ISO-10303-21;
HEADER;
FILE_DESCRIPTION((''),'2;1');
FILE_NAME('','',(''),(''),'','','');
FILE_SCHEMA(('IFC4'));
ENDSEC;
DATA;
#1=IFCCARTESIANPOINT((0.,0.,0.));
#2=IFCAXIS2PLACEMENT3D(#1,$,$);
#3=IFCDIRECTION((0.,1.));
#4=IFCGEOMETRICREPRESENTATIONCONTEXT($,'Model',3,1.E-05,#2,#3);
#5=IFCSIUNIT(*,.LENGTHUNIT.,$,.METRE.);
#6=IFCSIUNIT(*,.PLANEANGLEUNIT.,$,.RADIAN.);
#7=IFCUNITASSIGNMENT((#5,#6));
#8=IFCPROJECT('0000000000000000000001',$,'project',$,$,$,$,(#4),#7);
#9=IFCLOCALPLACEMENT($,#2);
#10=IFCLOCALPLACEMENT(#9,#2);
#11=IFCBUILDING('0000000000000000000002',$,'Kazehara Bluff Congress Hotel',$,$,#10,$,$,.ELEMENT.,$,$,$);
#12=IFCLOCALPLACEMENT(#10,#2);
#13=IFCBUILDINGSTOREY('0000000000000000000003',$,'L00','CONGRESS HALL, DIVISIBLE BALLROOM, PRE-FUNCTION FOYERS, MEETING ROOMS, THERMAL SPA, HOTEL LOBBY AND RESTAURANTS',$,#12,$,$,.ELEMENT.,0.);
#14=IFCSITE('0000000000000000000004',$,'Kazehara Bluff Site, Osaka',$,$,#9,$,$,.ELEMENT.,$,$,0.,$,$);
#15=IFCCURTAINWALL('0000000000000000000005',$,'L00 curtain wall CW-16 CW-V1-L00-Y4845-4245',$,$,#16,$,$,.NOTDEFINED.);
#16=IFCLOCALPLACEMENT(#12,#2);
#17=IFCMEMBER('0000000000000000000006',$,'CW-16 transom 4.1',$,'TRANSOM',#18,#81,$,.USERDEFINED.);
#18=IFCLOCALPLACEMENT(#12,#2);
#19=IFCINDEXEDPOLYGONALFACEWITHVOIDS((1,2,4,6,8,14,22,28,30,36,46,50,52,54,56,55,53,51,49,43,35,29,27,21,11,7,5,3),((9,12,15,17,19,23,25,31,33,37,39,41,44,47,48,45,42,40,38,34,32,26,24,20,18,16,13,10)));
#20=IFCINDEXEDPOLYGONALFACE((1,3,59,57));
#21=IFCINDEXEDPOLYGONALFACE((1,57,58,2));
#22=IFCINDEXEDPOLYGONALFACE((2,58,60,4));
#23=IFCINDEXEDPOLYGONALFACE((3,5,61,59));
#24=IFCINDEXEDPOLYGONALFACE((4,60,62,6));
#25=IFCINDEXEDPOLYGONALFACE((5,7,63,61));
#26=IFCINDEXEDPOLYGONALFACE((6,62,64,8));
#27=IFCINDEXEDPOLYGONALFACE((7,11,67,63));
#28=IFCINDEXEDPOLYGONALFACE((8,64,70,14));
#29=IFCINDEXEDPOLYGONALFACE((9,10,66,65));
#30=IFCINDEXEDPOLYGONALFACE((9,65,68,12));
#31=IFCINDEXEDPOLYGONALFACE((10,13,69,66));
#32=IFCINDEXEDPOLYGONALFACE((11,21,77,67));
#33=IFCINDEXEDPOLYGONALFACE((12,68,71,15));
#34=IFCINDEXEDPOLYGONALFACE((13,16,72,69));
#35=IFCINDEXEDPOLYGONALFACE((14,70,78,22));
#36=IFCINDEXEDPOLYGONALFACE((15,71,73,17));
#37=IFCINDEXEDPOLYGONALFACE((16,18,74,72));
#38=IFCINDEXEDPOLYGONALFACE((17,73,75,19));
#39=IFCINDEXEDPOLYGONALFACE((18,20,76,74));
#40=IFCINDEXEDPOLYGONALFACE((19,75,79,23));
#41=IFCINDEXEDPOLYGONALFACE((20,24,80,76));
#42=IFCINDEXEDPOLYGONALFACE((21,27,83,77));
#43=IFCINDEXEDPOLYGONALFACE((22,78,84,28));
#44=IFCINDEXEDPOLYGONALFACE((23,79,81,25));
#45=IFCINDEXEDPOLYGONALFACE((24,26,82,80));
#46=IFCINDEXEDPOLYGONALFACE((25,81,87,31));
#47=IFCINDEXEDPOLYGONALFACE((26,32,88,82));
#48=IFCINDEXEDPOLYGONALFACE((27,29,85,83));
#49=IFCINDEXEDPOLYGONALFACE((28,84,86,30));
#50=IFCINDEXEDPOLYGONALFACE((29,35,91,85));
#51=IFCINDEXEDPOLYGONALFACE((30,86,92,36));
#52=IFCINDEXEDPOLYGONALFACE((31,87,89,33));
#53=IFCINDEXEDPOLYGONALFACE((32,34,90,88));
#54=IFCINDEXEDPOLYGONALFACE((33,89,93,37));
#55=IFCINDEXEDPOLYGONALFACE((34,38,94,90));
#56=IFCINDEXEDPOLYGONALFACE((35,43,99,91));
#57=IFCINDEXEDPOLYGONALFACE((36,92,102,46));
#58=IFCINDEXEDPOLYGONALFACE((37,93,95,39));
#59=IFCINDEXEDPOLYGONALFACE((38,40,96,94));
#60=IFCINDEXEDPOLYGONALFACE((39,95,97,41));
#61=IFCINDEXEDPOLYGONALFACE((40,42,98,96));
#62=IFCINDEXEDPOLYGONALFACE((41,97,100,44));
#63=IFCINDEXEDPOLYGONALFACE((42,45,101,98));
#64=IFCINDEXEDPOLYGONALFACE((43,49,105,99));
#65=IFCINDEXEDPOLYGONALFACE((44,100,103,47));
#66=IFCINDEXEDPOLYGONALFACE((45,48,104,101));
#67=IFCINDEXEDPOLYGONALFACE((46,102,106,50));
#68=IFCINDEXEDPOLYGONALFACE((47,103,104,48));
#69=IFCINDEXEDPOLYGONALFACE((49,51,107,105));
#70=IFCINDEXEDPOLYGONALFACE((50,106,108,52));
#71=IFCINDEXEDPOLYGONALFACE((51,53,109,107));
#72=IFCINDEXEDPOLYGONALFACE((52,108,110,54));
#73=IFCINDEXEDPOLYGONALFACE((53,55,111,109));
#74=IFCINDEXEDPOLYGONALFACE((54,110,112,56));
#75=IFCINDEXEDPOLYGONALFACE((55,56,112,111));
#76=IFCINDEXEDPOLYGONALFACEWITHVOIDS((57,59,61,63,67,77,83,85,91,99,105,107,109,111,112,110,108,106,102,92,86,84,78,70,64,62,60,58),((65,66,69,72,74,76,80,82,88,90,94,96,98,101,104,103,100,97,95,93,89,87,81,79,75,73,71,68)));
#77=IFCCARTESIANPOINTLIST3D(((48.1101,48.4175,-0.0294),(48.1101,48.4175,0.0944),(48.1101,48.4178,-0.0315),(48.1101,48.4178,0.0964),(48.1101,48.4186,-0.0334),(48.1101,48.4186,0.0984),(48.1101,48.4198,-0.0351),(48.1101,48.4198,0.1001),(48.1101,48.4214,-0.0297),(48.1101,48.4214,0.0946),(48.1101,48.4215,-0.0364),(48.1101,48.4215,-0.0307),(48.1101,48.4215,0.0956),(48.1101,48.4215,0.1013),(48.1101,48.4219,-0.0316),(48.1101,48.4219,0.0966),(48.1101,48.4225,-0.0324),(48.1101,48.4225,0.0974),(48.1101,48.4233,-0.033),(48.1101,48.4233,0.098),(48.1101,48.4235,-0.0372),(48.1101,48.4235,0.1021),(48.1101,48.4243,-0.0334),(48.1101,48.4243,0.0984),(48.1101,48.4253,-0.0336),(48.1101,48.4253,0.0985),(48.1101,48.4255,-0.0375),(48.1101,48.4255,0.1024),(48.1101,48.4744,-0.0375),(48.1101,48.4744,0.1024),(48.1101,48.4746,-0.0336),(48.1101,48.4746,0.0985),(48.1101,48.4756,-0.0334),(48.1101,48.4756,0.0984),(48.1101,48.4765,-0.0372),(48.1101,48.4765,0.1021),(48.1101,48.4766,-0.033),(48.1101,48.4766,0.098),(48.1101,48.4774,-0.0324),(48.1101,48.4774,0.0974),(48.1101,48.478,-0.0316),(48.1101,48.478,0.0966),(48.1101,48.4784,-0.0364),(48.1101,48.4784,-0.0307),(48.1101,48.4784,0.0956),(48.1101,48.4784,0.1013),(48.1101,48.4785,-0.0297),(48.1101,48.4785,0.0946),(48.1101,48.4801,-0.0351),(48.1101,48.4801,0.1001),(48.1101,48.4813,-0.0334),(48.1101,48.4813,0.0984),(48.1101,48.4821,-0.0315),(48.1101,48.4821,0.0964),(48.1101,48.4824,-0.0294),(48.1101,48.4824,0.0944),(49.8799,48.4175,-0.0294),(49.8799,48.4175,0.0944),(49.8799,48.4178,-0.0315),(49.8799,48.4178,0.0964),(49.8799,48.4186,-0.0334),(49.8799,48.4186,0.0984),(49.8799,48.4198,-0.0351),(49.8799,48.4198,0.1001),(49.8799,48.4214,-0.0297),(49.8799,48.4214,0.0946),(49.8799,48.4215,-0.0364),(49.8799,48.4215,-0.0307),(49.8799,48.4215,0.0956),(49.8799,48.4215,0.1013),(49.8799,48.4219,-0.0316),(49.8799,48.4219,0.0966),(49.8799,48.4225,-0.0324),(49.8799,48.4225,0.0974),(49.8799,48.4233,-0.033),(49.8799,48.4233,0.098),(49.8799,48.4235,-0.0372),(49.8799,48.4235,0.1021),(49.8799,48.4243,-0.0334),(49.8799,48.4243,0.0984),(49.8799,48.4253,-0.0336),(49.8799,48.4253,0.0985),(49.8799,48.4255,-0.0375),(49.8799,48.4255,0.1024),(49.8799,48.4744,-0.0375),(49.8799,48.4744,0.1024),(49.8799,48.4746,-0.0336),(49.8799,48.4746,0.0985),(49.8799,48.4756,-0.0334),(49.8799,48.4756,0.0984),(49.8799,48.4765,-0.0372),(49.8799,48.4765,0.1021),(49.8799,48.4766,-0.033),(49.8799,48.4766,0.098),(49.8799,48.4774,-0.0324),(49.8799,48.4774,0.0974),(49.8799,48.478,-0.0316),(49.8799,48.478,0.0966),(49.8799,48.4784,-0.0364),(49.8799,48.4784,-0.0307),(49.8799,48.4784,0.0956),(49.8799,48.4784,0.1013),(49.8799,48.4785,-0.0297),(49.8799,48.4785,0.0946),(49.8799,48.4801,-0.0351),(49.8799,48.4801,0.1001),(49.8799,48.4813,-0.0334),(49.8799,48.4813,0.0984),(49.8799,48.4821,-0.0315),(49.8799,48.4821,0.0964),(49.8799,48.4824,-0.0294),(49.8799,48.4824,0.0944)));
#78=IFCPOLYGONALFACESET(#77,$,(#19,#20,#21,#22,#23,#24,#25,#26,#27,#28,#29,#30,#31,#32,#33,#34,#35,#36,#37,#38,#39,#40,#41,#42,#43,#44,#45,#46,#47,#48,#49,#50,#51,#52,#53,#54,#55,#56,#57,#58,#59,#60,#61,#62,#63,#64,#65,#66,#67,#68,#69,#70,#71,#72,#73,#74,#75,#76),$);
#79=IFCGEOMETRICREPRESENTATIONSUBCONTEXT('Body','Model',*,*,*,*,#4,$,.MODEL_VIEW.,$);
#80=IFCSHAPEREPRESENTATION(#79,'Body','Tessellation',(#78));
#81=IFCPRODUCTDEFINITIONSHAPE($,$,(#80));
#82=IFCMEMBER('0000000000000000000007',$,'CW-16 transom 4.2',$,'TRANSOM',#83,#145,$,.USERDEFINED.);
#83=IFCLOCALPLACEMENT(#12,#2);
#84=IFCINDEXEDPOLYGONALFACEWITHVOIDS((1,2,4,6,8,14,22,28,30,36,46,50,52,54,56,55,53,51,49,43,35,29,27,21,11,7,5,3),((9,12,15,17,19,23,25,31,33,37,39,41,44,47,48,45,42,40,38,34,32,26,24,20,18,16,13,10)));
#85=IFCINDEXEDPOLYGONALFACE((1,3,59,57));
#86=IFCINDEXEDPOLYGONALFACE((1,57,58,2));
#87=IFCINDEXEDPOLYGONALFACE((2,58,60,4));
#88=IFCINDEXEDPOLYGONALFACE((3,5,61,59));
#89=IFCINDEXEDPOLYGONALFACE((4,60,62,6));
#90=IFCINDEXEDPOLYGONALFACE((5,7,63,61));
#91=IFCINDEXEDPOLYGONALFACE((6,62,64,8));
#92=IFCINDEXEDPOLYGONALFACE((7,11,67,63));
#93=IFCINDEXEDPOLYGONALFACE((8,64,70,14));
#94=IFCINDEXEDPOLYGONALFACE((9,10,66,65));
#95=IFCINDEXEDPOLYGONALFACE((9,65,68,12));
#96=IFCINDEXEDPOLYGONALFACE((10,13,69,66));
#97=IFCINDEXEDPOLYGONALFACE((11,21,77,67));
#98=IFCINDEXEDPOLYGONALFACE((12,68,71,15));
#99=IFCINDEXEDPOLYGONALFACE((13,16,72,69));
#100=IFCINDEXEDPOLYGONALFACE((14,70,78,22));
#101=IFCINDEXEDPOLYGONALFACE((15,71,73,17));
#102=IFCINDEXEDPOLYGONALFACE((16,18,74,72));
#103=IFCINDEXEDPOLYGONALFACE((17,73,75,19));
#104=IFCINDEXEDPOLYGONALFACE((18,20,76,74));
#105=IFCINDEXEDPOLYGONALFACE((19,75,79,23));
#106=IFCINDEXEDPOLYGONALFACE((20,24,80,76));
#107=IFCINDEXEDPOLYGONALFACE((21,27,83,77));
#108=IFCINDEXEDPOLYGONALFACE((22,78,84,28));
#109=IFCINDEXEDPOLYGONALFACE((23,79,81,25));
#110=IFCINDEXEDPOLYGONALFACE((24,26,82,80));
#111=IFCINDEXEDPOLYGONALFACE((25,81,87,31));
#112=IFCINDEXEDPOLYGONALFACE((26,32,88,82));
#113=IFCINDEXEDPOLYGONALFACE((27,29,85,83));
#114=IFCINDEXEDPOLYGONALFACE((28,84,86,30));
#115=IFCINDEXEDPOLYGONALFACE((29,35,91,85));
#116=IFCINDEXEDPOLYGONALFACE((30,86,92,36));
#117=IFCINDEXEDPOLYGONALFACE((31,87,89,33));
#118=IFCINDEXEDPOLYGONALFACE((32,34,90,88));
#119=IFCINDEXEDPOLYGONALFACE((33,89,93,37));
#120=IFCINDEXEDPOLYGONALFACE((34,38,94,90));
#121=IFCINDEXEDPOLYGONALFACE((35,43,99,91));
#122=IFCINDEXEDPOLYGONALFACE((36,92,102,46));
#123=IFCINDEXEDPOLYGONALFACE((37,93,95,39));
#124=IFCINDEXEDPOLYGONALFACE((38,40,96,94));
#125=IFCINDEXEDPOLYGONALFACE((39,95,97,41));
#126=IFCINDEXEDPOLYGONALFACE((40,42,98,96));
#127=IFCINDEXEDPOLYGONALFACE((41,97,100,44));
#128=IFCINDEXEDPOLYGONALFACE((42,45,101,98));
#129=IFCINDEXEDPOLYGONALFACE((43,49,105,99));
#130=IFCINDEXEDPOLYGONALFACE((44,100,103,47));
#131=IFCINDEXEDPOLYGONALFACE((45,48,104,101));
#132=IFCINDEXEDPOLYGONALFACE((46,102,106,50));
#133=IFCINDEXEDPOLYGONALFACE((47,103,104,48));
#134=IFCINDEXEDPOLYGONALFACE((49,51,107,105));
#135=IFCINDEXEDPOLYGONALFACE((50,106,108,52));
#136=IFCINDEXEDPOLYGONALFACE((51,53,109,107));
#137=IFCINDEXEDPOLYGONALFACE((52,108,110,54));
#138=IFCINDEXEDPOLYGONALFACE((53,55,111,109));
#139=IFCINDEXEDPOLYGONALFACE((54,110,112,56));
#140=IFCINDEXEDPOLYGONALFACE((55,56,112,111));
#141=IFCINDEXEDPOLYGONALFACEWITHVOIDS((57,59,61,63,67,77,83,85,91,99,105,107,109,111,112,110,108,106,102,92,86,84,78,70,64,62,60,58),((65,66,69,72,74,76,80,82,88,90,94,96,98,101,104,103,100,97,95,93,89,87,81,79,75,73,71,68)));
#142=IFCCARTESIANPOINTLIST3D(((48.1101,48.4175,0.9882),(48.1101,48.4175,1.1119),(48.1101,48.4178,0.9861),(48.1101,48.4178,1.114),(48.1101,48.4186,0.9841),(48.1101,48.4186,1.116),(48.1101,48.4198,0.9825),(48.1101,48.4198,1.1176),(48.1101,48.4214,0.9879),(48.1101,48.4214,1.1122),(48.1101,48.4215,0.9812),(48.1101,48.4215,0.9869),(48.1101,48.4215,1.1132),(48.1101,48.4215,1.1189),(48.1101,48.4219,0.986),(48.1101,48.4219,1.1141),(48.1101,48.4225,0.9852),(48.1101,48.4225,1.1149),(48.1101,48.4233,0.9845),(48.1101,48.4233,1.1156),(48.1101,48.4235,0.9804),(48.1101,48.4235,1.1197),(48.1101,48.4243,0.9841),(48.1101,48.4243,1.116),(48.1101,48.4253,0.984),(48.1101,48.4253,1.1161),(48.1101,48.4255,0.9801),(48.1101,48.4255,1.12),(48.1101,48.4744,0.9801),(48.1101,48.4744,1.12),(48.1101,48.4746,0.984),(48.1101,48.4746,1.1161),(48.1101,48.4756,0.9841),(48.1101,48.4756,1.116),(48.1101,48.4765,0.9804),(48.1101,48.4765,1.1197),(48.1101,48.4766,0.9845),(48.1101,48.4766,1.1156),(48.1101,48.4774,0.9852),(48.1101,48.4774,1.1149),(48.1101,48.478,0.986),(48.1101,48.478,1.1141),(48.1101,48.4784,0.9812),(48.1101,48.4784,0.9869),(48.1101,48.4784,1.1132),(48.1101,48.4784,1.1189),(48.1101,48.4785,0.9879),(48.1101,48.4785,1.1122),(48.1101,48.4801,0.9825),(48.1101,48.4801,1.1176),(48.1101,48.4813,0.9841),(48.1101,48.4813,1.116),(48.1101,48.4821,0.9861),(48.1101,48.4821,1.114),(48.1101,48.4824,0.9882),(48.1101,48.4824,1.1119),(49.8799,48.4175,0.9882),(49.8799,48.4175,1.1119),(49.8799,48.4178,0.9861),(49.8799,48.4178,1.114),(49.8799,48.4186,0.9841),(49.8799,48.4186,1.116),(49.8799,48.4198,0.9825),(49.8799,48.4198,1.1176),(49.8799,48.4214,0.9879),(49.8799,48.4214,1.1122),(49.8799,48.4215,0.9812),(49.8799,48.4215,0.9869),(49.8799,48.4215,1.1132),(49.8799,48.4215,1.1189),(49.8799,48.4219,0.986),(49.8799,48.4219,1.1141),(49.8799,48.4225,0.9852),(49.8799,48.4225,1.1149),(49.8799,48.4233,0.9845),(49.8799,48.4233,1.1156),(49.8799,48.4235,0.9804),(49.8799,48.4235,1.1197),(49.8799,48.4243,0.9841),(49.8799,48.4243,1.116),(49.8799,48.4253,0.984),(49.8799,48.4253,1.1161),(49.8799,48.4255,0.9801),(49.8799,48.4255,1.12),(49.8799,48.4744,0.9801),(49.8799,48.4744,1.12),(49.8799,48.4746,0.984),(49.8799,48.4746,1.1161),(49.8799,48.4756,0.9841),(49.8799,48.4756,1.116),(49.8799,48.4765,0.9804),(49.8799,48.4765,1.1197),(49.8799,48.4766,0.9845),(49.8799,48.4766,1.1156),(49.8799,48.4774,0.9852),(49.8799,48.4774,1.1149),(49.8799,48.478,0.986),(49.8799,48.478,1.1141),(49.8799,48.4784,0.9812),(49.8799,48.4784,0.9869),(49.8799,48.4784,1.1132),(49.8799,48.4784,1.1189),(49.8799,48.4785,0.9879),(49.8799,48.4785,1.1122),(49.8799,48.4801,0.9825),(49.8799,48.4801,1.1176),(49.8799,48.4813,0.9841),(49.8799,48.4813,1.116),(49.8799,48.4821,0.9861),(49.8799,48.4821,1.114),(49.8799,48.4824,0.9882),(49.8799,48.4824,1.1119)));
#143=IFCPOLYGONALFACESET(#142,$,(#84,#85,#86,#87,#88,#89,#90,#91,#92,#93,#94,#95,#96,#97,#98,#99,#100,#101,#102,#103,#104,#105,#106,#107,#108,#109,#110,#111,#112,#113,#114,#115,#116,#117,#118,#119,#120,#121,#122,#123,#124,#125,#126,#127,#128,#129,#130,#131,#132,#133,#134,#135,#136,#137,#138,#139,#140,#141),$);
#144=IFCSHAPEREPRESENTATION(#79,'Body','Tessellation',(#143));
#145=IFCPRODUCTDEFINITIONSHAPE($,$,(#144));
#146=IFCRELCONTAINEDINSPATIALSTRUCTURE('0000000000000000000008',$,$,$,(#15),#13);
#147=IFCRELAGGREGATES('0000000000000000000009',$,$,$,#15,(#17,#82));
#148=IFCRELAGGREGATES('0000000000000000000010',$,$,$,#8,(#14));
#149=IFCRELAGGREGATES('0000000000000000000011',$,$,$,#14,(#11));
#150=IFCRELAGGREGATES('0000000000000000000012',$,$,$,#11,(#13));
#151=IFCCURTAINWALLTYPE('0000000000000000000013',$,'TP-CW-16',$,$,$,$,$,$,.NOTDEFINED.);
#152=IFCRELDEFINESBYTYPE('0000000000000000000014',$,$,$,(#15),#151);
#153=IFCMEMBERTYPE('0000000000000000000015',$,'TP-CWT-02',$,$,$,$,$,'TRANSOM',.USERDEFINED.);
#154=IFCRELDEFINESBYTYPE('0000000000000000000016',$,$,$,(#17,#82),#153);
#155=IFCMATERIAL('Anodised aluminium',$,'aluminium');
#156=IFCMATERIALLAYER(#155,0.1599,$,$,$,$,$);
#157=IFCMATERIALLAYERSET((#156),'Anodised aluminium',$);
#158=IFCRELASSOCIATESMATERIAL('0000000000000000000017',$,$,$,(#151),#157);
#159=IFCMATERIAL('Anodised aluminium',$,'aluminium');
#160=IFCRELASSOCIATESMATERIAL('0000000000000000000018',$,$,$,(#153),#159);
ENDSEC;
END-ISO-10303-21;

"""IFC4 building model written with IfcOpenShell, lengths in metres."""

from ifc_helpers import new_model, si_unit, direction, frame, origin, origin_2d, place, context, subcontext, project, spatial, hollow_rectangle, extrude, material, layer, layer_set, material_profile, profile_set, type_object, element, aggregate, save


model = new_model("IFC4")

# Units and contexts
model_context = context("Model", 3, precision=1e-05, world=origin(), true_north=direction((0.0, 1.0)))
body_context = subcontext(model_context, "Body", "Model", "MODEL_VIEW")
ifc_project = project(units=[si_unit("LENGTHUNIT", "METRE"), si_unit("PLANEANGLEUNIT", "RADIAN")], contexts=[model_context])

# Site, building, storey
site_placement = place(None, origin())
site = spatial("IfcSite", under=ifc_project, at=site_placement, Name="Kazehara Bluff Site, Osaka", CompositionType="ELEMENT", RefElevation=0.0)
building_placement = place(site_placement, origin())
building = spatial("IfcBuilding", under=site, at=building_placement, Name="Kazehara Bluff Congress Hotel", CompositionType="ELEMENT")
storey_placement = place(building_placement, origin())
storey = spatial("IfcBuildingStorey", under=building, at=storey_placement, Name="L00", Description="CONGRESS HALL, DIVISIBLE BALLROOM, PRE-FUNCTION FOYERS, MEETING ROOMS, THERMAL SPA, HOTEL LOBBY AND RESTAURANTS", CompositionType="ELEMENT", Elevation=0.0)

# Curtain wall
ifc_material_1 = material(Name="Anodised aluminium", Category="aluminium")
ifc_layer_1 = layer(ifc_material_1, 0.1599)
ifc_layer_set_1 = layer_set([ifc_layer_1], Name="Anodised aluminium")
curtain_wall_type_1 = type_object("IfcCurtainWallType", Name="TP-CW-16", PredefinedType="NOTDEFINED", material=ifc_layer_set_1)
curtain_wall_1_placement = place(storey_placement, origin())
curtain_wall_1 = element("IfcCurtainWall", 1, at=curtain_wall_1_placement, inside=storey, type_object=curtain_wall_type_1, Name="L00 curtain wall CW-16 CW-V1-L00-Y4845-4245", PredefinedType="NOTDEFINED")

# Members
ifc_material_2 = material(Name="Anodised aluminium", Category="aluminium")
ifc_material_profile_1 = material_profile(ifc_material_2, hollow_rectangle(XDim=0.0649, YDim=0.1399, WallThickness=0.0039, InnerFilletRadius=0.0039, OuterFilletRadius=0.0081, at=origin_2d()))
ifc_profile_set_1 = profile_set([ifc_material_profile_1], Name="Anodised aluminium")
member_type_1 = type_object("IfcMemberType", Name="TP-CWT-02", ElementType="TRANSOM", PredefinedType="USERDEFINED", material=ifc_profile_set_1)
member_1_placement = place(storey_placement, frame((48.1101, 48.45, 0.0325), z_axis=(1.0, 0.0, 0.0), x_axis=(0.0, 1.0, 0.0)))
member_1 = element("IfcMember", 2, at=member_1_placement, type_object=member_type_1, Name="CW-16 transom 4.1", ObjectType="TRANSOM", PredefinedType="USERDEFINED", context=body_context, shape_type="SweptSolid", body=[
    extrude(hollow_rectangle(XDim=0.0649, YDim=0.1399, WallThickness=0.0039, InnerFilletRadius=0.0039, OuterFilletRadius=0.0081, at=origin_2d()), origin(), (0.0, 0.0, 1.0), 1.7698),
])
member_2_placement = place(storey_placement, frame((48.1101, 48.45, 1.05), z_axis=(1.0, 0.0, 0.0), x_axis=(0.0, 1.0, 0.0)))
member_2 = element("IfcMember", 3, at=member_2_placement, type_object=member_type_1, Name="CW-16 transom 4.2", ObjectType="TRANSOM", PredefinedType="USERDEFINED", context=body_context, shape_type="SweptSolid", body=[
    extrude(hollow_rectangle(XDim=0.0649, YDim=0.1399, WallThickness=0.0039, InnerFilletRadius=0.0039, OuterFilletRadius=0.0081, at=origin_2d()), origin(), (0.0, 0.0, 1.0), 1.7698),
])

aggregate(curtain_wall_1, [member_1, member_2])

save(model, "model.ifc")
